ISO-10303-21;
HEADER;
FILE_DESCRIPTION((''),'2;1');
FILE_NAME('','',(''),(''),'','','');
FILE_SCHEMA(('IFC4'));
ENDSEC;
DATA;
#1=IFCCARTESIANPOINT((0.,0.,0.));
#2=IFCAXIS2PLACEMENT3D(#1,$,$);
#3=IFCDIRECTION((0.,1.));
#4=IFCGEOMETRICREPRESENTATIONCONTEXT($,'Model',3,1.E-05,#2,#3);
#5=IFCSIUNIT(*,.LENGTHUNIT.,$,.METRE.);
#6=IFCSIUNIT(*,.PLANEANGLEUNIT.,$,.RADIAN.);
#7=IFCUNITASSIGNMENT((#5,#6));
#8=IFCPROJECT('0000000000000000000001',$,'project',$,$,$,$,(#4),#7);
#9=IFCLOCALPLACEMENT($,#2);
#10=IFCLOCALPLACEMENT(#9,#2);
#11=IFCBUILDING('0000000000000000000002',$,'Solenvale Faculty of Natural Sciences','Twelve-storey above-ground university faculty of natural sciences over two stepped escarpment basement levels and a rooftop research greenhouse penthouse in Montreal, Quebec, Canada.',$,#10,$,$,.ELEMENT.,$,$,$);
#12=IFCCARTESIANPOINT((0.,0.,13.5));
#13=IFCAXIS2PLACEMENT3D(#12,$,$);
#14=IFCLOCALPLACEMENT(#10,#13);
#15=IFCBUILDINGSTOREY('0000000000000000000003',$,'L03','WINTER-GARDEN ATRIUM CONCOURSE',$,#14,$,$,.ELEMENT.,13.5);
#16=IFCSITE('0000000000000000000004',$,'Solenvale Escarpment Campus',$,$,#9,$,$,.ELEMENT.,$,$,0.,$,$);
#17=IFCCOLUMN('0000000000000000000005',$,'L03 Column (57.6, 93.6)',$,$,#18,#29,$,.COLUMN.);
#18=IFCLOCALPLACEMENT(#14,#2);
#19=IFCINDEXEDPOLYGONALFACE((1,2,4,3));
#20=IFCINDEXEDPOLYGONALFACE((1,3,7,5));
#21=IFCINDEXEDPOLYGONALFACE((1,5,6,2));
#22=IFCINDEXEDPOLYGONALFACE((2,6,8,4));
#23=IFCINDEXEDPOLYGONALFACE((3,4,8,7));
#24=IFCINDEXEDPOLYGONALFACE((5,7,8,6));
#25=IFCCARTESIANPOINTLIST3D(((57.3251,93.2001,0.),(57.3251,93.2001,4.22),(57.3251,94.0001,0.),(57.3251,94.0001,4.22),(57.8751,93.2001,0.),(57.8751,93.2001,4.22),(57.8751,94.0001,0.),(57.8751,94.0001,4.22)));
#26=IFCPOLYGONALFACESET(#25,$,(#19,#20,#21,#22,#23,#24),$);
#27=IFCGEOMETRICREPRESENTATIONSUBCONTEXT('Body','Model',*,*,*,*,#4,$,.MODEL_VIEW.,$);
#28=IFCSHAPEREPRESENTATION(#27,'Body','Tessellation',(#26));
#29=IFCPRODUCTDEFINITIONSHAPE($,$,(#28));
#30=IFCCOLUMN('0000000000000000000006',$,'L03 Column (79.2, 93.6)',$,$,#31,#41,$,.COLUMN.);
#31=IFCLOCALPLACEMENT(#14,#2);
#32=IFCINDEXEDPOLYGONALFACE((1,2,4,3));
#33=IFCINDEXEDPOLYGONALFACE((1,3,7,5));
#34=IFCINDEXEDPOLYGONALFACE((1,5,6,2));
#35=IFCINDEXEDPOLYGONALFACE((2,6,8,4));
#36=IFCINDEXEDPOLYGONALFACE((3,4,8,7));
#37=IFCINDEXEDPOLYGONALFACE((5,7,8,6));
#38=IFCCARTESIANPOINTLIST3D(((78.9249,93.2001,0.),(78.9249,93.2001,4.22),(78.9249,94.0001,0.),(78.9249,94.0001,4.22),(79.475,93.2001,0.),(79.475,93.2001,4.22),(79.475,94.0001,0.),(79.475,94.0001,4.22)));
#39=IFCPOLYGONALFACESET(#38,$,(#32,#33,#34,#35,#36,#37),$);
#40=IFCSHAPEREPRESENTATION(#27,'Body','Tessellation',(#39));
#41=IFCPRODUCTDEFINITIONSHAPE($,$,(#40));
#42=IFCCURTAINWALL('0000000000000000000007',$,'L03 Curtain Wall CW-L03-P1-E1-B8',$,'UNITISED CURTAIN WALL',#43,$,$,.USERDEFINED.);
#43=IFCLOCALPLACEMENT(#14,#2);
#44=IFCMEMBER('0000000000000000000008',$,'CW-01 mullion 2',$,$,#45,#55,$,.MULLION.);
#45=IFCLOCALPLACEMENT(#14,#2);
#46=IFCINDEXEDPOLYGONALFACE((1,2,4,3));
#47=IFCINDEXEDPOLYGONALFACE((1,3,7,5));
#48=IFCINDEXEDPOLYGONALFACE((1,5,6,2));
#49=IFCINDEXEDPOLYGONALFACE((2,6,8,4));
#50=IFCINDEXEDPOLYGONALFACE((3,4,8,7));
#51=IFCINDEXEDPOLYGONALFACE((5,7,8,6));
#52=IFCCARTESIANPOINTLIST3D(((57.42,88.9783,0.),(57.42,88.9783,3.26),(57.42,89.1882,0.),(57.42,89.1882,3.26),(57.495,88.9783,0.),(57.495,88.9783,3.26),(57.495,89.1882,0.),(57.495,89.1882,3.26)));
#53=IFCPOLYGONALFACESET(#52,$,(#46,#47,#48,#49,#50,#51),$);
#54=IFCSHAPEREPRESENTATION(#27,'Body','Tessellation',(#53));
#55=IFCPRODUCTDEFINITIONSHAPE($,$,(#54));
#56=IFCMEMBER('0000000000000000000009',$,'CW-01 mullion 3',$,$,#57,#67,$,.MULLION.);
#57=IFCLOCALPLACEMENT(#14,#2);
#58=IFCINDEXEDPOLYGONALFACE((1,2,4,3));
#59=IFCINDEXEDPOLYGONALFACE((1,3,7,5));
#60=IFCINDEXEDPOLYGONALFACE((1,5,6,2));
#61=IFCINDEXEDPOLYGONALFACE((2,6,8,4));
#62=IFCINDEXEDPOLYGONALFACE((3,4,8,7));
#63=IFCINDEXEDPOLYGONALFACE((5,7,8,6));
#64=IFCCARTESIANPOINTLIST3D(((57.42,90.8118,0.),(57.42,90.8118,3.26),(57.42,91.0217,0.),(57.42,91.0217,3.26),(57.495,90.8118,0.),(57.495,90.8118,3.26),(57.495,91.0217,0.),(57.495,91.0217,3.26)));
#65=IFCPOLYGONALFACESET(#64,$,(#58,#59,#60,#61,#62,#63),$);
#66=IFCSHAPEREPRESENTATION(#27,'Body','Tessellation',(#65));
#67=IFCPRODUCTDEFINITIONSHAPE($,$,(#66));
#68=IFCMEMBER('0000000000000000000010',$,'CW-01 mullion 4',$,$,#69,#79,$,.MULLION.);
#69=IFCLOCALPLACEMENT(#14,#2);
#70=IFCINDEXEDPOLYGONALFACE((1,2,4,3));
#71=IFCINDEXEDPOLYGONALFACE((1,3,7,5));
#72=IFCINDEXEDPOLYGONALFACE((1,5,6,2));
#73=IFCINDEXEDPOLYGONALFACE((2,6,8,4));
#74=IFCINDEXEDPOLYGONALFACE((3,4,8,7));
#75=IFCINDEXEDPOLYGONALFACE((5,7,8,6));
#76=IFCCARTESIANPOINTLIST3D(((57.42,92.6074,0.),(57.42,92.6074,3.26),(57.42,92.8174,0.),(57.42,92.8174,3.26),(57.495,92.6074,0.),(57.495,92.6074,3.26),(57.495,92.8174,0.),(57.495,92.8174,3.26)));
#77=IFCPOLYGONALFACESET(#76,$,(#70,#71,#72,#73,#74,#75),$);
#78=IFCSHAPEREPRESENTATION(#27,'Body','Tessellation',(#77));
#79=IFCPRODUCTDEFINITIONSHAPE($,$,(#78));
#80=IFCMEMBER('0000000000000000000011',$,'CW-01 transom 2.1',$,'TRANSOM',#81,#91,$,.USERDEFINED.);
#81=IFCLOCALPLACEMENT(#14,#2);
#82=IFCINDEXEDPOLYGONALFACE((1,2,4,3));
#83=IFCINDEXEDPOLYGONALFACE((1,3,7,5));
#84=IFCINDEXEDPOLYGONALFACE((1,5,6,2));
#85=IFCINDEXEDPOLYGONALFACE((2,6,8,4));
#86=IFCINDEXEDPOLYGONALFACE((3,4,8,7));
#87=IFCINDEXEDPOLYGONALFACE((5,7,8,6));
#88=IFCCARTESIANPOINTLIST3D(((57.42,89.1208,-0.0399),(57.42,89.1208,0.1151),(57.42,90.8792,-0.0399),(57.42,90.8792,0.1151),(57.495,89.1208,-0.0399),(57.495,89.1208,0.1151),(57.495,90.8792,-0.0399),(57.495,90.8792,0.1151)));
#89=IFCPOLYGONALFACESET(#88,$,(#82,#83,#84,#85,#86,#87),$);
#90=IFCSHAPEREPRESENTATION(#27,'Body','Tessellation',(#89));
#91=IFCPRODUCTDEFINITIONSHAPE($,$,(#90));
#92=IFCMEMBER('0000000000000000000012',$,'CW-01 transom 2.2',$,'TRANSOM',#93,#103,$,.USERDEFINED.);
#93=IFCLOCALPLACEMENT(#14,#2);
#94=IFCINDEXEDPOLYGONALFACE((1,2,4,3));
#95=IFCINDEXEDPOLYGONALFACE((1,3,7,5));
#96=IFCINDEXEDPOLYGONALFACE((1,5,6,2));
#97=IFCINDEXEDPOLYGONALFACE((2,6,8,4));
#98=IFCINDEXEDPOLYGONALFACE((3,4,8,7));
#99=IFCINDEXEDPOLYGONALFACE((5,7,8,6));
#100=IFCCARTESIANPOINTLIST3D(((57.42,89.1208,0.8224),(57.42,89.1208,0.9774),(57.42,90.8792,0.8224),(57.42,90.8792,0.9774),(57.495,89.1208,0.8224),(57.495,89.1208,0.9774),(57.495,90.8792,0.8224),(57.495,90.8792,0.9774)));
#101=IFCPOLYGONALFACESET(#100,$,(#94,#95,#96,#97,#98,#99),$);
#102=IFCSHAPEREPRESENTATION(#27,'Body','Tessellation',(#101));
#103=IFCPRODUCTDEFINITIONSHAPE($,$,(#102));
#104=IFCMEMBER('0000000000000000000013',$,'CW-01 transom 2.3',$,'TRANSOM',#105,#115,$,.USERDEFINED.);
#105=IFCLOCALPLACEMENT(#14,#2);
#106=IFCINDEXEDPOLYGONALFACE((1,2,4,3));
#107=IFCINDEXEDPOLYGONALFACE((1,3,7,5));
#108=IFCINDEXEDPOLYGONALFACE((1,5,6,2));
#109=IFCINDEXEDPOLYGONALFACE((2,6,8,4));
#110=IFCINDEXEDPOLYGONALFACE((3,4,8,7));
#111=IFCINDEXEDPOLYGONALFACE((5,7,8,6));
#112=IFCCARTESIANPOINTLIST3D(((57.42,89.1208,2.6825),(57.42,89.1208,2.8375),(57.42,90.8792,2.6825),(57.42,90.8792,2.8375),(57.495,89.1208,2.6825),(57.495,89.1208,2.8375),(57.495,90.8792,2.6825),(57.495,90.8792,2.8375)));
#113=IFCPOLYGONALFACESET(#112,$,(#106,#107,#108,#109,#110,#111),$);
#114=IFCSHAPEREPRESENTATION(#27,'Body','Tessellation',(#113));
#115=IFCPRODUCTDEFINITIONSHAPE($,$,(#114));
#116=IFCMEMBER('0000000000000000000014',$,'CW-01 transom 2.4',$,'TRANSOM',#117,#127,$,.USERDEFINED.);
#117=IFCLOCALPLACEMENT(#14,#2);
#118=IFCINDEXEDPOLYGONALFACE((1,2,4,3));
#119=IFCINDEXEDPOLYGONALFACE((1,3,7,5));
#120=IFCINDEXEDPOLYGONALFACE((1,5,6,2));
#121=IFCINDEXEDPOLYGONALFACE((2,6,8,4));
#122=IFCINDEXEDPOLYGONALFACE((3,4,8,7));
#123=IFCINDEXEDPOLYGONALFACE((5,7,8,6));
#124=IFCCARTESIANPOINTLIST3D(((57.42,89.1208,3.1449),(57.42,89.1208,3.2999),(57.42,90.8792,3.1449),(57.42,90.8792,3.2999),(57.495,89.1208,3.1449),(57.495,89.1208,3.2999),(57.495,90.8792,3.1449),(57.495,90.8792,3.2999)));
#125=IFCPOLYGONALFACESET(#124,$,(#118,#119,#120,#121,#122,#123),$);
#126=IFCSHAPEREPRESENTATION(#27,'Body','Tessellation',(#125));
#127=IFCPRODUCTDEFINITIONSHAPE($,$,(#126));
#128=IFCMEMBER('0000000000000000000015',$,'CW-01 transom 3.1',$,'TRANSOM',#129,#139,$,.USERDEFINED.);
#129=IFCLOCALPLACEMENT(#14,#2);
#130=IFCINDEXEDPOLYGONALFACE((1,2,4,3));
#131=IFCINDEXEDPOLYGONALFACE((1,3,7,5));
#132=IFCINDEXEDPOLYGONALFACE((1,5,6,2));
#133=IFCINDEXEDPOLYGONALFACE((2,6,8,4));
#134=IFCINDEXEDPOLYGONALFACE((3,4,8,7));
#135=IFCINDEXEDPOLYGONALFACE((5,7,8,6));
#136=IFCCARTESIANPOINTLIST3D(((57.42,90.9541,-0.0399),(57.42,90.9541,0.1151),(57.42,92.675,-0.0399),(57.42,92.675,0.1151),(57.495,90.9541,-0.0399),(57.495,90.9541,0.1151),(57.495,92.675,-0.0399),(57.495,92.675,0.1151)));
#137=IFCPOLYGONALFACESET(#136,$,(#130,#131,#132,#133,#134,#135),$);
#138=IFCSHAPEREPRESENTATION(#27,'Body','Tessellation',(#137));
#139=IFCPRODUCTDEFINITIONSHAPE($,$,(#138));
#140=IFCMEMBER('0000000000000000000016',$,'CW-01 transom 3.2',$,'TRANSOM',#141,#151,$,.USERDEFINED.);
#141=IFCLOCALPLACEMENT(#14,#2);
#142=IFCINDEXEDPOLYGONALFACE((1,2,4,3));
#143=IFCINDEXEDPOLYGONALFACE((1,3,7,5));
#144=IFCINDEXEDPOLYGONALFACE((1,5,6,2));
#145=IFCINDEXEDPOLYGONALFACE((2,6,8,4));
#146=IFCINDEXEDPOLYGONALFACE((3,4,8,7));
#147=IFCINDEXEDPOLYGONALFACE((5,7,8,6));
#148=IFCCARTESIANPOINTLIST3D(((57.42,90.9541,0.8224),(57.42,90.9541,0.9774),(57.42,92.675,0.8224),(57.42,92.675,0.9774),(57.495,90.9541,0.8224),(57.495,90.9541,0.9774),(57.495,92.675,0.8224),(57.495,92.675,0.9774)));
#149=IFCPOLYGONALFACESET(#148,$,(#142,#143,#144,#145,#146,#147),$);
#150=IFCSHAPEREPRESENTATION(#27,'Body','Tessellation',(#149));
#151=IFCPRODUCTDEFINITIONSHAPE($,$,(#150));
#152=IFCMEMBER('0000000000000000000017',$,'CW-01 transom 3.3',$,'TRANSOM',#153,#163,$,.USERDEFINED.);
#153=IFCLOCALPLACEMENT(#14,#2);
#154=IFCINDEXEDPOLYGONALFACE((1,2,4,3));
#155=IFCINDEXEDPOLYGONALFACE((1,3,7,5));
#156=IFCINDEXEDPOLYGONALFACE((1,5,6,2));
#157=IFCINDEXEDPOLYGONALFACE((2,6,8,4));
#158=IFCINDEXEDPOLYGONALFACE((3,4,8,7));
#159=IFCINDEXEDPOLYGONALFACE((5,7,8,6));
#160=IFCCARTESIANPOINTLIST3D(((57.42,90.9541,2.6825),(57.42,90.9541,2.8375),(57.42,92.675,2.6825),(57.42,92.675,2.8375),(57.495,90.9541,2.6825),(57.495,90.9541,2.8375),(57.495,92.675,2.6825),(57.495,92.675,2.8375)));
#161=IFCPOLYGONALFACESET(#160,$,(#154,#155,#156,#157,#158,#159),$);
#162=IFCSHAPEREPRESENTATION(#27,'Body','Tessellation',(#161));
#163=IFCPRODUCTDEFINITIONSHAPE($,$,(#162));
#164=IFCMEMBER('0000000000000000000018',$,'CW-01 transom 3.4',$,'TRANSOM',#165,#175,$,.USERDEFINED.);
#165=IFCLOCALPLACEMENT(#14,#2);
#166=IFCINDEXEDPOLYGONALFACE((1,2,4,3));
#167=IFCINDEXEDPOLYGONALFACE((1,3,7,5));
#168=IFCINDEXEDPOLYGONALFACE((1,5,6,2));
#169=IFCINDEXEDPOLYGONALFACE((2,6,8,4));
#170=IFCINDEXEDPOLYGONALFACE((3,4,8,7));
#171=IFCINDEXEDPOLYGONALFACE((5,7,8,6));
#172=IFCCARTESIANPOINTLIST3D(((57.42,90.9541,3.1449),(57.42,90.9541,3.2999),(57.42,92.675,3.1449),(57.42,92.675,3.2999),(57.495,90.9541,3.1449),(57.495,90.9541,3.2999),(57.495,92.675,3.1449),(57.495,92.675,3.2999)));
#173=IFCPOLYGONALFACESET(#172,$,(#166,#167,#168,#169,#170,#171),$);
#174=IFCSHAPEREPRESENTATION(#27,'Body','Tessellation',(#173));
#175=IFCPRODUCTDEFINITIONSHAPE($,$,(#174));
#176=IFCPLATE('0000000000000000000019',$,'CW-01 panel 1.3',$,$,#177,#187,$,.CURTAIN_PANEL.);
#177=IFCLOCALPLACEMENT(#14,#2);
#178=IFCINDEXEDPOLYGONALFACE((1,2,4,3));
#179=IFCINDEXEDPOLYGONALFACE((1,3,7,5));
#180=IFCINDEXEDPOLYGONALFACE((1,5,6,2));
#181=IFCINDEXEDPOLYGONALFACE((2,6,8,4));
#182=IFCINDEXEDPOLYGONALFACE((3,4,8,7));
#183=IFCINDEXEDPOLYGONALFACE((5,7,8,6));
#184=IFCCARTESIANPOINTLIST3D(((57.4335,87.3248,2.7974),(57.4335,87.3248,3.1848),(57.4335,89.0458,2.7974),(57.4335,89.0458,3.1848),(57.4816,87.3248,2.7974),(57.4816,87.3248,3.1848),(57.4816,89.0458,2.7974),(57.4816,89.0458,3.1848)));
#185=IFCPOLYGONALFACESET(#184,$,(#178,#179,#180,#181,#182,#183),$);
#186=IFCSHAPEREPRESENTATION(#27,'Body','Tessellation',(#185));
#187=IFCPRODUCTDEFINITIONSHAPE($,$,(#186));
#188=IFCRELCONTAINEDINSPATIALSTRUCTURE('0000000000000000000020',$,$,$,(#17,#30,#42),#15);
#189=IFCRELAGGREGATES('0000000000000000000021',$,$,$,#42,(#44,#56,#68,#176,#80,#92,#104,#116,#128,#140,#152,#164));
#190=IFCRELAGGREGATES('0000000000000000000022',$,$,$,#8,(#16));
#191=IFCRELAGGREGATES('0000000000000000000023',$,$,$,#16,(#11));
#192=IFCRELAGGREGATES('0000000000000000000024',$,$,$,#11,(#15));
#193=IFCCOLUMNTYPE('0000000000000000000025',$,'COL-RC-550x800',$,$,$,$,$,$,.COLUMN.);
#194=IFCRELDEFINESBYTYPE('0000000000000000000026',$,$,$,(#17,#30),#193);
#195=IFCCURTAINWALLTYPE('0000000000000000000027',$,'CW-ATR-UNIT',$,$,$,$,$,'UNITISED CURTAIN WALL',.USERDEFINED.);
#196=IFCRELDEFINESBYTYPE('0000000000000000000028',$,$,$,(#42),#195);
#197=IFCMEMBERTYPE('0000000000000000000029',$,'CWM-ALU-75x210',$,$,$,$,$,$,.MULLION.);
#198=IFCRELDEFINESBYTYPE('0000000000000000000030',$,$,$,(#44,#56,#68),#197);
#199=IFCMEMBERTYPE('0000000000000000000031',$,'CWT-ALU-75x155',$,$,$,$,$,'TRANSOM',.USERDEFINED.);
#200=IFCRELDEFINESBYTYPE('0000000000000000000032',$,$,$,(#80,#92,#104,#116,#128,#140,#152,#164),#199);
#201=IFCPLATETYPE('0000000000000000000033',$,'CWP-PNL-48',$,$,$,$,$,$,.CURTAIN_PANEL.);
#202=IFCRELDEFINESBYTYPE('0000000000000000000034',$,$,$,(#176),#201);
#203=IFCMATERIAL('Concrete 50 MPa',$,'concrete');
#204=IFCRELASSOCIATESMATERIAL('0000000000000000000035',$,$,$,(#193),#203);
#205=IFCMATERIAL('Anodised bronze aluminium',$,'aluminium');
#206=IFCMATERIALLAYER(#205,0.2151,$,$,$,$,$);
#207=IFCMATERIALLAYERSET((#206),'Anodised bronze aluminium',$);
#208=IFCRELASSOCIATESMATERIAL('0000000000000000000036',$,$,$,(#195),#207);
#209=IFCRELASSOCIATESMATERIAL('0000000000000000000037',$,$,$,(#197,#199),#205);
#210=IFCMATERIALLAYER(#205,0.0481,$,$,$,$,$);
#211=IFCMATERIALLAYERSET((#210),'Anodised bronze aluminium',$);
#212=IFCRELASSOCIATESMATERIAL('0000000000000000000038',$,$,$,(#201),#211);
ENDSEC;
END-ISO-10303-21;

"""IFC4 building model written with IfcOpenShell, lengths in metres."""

from ifc_helpers import new_model, si_unit, direction, frame, origin, origin_2d, place, context, subcontext, project, spatial, rectangle, extrude, material, layer, layer_set, material_profile, profile_set, type_object, element, aggregate, save


model = new_model("IFC4")

# Units and contexts
model_context = context("Model", 3, precision=1e-05, world=origin(), true_north=direction((0.0, 1.0)))
body_context = subcontext(model_context, "Body", "Model", "MODEL_VIEW")
ifc_project = project(units=[si_unit("LENGTHUNIT", "METRE"), si_unit("PLANEANGLEUNIT", "RADIAN")], contexts=[model_context])

# Site, building, storey
site_placement = place(None, origin())
site = spatial("IfcSite", under=ifc_project, at=site_placement, Name="Solenvale Escarpment Campus", CompositionType="ELEMENT", RefElevation=0.0)
building_placement = place(site_placement, origin())
building = spatial("IfcBuilding", under=site, at=building_placement, Name="Solenvale Faculty of Natural Sciences", Description="Twelve-storey above-ground university faculty of natural sciences over two stepped escarpment basement levels and a rooftop research greenhouse penthouse in Montreal, Quebec, Canada.", CompositionType="ELEMENT")
storey_placement = place(building_placement, frame((0.0, 0.0, 13.5)))
storey = spatial("IfcBuildingStorey", under=building, at=storey_placement, Name="L03", Description="WINTER-GARDEN ATRIUM CONCOURSE", CompositionType="ELEMENT", Elevation=13.5)

# Columns
ifc_material_1 = material(Name="Concrete 50 MPa", Category="concrete")
ifc_material_profile_1 = material_profile(ifc_material_1, rectangle(XDim=0.55, YDim=0.8, at=origin_2d()), Name="RC-COL-550x800")
ifc_profile_set_1 = profile_set([ifc_material_profile_1], Name="Concrete 50 MPa")
column_type = type_object("IfcColumnType", Name="COL-RC-550x800", PredefinedType="COLUMN", material=ifc_profile_set_1)
for number, where, z_axis, x_axis, name in (
    (1, (57.6001, 93.6001, 0.0), (0.0, 0.0, 1.0), (1.0, 0.0, 0.0), "L03 Column (57.6, 93.6)"),
    (2, (79.2, 93.6001, 0.0), (0.0, 0.0, 1.0), (1.0, 0.0, 0.0), "L03 Column (79.2, 93.6)"),
):
    element("IfcColumn", number, at=place(storey_placement, frame(where, z_axis=z_axis, x_axis=x_axis)), inside=storey, type_object=column_type, Name=name, PredefinedType="COLUMN", context=body_context, shape_type="SweptSolid", body=[
        extrude(rectangle(XDim=0.55, YDim=0.8, at=origin_2d()), origin(), (0.0, 0.0, 1.0), 4.22),
    ])

# Curtain wall, members, plate
ifc_material_2 = material(Name="Anodised bronze aluminium", Category="aluminium")
ifc_layer_1 = layer(ifc_material_2, 0.2151)
ifc_layer_set_1 = layer_set([ifc_layer_1], Name="Anodised bronze aluminium")
curtain_wall_type = type_object("IfcCurtainWallType", Name="CW-ATR-UNIT", ElementType="UNITISED CURTAIN WALL", PredefinedType="USERDEFINED", material=ifc_layer_set_1)
curtain_wall_placement = place(storey_placement, origin())
curtain_wall = element("IfcCurtainWall", 3, at=curtain_wall_placement, inside=storey, type_object=curtain_wall_type, Name="L03 Curtain Wall CW-L03-P1-E1-B8", ObjectType="UNITISED CURTAIN WALL", PredefinedType="USERDEFINED")
ifc_material_profile_2 = material_profile(ifc_material_2, rectangle(XDim=0.075, YDim=0.21, at=origin_2d()), Name="ALU-MUL-75x210")
ifc_profile_set_2 = profile_set([ifc_material_profile_2], Name="Anodised bronze aluminium")
member_type_1 = type_object("IfcMemberType", Name="CWM-ALU-75x210", PredefinedType="MULLION", material=ifc_profile_set_2)
member_1_placement = place(storey_placement, frame((57.4575, 89.0833, 0.0), z_axis=(0.0, 0.0, 1.0), x_axis=(-1.0, 0.0, 0.0)))
member_1 = element("IfcMember", 4, at=member_1_placement, type_object=member_type_1, Name="CW-01 mullion 2", PredefinedType="MULLION", context=body_context, shape_type="SweptSolid", body=[
    extrude(rectangle(XDim=0.075, YDim=0.21, at=origin_2d()), origin(), (0.0, 0.0, 1.0), 3.26),
])
member_2_placement = place(storey_placement, frame((57.4575, 90.9167, 0.0), z_axis=(0.0, 0.0, 1.0), x_axis=(-1.0, 0.0, 0.0)))
member_2 = element("IfcMember", 5, at=member_2_placement, type_object=member_type_1, Name="CW-01 mullion 3", PredefinedType="MULLION", context=body_context, shape_type="SweptSolid", body=[
    extrude(rectangle(XDim=0.075, YDim=0.21, at=origin_2d()), origin(), (0.0, 0.0, 1.0), 3.26),
])
member_3_placement = place(storey_placement, frame((57.4575, 92.7124, 0.0), z_axis=(0.0, 0.0, 1.0), x_axis=(-1.0, 0.0, 0.0)))
member_3 = element("IfcMember", 6, at=member_3_placement, type_object=member_type_1, Name="CW-01 mullion 4", PredefinedType="MULLION", context=body_context, shape_type="SweptSolid", body=[
    extrude(rectangle(XDim=0.075, YDim=0.21, at=origin_2d()), origin(), (0.0, 0.0, 1.0), 3.26),
])
ifc_material_profile_3 = material_profile(ifc_material_2, rectangle(XDim=0.075, YDim=0.155, at=origin_2d()), Name="ALU-TRN-75x155")
ifc_profile_set_3 = profile_set([ifc_material_profile_3], Name="Anodised bronze aluminium")
member_type_2 = type_object("IfcMemberType", Name="CWT-ALU-75x155", ElementType="TRANSOM", PredefinedType="USERDEFINED", material=ifc_profile_set_3)
member_4_placement = place(storey_placement, frame((57.4575, 89.1208, 0.0376), z_axis=(0.0, 1.0, 0.0), x_axis=(-1.0, 0.0, 0.0)))
member_4 = element("IfcMember", 7, at=member_4_placement, type_object=member_type_2, Name="CW-01 transom 2.1", ObjectType="TRANSOM", PredefinedType="USERDEFINED", context=body_context, shape_type="SweptSolid", body=[
    extrude(rectangle(XDim=0.075, YDim=0.155, at=origin_2d()), origin(), (0.0, 0.0, 1.0), 1.7583),
])
member_5_placement = place(storey_placement, frame((57.4575, 89.1208, 0.8999), z_axis=(0.0, 1.0, 0.0), x_axis=(-1.0, 0.0, 0.0)))
member_5 = element("IfcMember", 8, at=member_5_placement, type_object=member_type_2, Name="CW-01 transom 2.2", ObjectType="TRANSOM", PredefinedType="USERDEFINED", context=body_context, shape_type="SweptSolid", body=[
    extrude(rectangle(XDim=0.075, YDim=0.155, at=origin_2d()), origin(), (0.0, 0.0, 1.0), 1.7583),
])
member_6_placement = place(storey_placement, frame((57.4575, 89.1208, 2.76), z_axis=(0.0, 1.0, 0.0), x_axis=(-1.0, 0.0, 0.0)))
member_6 = element("IfcMember", 9, at=member_6_placement, type_object=member_type_2, Name="CW-01 transom 2.3", ObjectType="TRANSOM", PredefinedType="USERDEFINED", context=body_context, shape_type="SweptSolid", body=[
    extrude(rectangle(XDim=0.075, YDim=0.155, at=origin_2d()), origin(), (0.0, 0.0, 1.0), 1.7583),
])
member_7_placement = place(storey_placement, frame((57.4575, 89.1208, 3.2224), z_axis=(0.0, 1.0, 0.0), x_axis=(-1.0, 0.0, 0.0)))
member_7 = element("IfcMember", 10, at=member_7_placement, type_object=member_type_2, Name="CW-01 transom 2.4", ObjectType="TRANSOM", PredefinedType="USERDEFINED", context=body_context, shape_type="SweptSolid", body=[
    extrude(rectangle(XDim=0.075, YDim=0.155, at=origin_2d()), origin(), (0.0, 0.0, 1.0), 1.7583),
])
member_8_placement = place(storey_placement, frame((57.4575, 90.9541, 0.0376), z_axis=(0.0, 1.0, 0.0), x_axis=(-1.0, 0.0, 0.0)))
member_8 = element("IfcMember", 11, at=member_8_placement, type_object=member_type_2, Name="CW-01 transom 3.1", ObjectType="TRANSOM", PredefinedType="USERDEFINED", context=body_context, shape_type="SweptSolid", body=[
    extrude(rectangle(XDim=0.075, YDim=0.155, at=origin_2d()), origin(), (0.0, 0.0, 1.0), 1.7209),
])
member_9_placement = place(storey_placement, frame((57.4575, 90.9541, 0.8999), z_axis=(0.0, 1.0, 0.0), x_axis=(-1.0, 0.0, 0.0)))
member_9 = element("IfcMember", 12, at=member_9_placement, type_object=member_type_2, Name="CW-01 transom 3.2", ObjectType="TRANSOM", PredefinedType="USERDEFINED", context=body_context, shape_type="SweptSolid", body=[
    extrude(rectangle(XDim=0.075, YDim=0.155, at=origin_2d()), origin(), (0.0, 0.0, 1.0), 1.7209),
])
member_10_placement = place(storey_placement, frame((57.4575, 90.9541, 2.76), z_axis=(0.0, 1.0, 0.0), x_axis=(-1.0, 0.0, 0.0)))
member_10 = element("IfcMember", 13, at=member_10_placement, type_object=member_type_2, Name="CW-01 transom 3.3", ObjectType="TRANSOM", PredefinedType="USERDEFINED", context=body_context, shape_type="SweptSolid", body=[
    extrude(rectangle(XDim=0.075, YDim=0.155, at=origin_2d()), origin(), (0.0, 0.0, 1.0), 1.7209),
])
member_11_placement = place(storey_placement, frame((57.4575, 90.9541, 3.2224), z_axis=(0.0, 1.0, 0.0), x_axis=(-1.0, 0.0, 0.0)))
member_11 = element("IfcMember", 14, at=member_11_placement, type_object=member_type_2, Name="CW-01 transom 3.4", ObjectType="TRANSOM", PredefinedType="USERDEFINED", context=body_context, shape_type="SweptSolid", body=[
    extrude(rectangle(XDim=0.075, YDim=0.155, at=origin_2d()), origin(), (0.0, 0.0, 1.0), 1.7209),
])
ifc_layer_2 = layer(ifc_material_2, 0.0481)
ifc_layer_set_2 = layer_set([ifc_layer_2], Name="Anodised bronze aluminium")
plate_type = type_object("IfcPlateType", Name="CWP-PNL-48", PredefinedType="CURTAIN_PANEL", material=ifc_layer_set_2)
plate_1_placement = place(storey_placement, frame((57.4575, 88.1853, 2.7974), z_axis=(0.0, 0.0, 1.0), x_axis=(0.0, 1.0, 0.0)))
plate_1 = element("IfcPlate", 15, at=plate_1_placement, type_object=plate_type, Name="CW-01 panel 1.3", PredefinedType="CURTAIN_PANEL", context=body_context, shape_type="SweptSolid", body=[
    extrude(rectangle(XDim=1.7209, YDim=0.0481, at=origin_2d()), origin(), (0.0, 0.0, 1.0), 0.3875),
])
aggregate(curtain_wall, [member_1, member_2, member_3, plate_1, member_4, member_5, member_6, member_7, member_8, member_9, member_10, member_11])

save(model, "model.ifc")
